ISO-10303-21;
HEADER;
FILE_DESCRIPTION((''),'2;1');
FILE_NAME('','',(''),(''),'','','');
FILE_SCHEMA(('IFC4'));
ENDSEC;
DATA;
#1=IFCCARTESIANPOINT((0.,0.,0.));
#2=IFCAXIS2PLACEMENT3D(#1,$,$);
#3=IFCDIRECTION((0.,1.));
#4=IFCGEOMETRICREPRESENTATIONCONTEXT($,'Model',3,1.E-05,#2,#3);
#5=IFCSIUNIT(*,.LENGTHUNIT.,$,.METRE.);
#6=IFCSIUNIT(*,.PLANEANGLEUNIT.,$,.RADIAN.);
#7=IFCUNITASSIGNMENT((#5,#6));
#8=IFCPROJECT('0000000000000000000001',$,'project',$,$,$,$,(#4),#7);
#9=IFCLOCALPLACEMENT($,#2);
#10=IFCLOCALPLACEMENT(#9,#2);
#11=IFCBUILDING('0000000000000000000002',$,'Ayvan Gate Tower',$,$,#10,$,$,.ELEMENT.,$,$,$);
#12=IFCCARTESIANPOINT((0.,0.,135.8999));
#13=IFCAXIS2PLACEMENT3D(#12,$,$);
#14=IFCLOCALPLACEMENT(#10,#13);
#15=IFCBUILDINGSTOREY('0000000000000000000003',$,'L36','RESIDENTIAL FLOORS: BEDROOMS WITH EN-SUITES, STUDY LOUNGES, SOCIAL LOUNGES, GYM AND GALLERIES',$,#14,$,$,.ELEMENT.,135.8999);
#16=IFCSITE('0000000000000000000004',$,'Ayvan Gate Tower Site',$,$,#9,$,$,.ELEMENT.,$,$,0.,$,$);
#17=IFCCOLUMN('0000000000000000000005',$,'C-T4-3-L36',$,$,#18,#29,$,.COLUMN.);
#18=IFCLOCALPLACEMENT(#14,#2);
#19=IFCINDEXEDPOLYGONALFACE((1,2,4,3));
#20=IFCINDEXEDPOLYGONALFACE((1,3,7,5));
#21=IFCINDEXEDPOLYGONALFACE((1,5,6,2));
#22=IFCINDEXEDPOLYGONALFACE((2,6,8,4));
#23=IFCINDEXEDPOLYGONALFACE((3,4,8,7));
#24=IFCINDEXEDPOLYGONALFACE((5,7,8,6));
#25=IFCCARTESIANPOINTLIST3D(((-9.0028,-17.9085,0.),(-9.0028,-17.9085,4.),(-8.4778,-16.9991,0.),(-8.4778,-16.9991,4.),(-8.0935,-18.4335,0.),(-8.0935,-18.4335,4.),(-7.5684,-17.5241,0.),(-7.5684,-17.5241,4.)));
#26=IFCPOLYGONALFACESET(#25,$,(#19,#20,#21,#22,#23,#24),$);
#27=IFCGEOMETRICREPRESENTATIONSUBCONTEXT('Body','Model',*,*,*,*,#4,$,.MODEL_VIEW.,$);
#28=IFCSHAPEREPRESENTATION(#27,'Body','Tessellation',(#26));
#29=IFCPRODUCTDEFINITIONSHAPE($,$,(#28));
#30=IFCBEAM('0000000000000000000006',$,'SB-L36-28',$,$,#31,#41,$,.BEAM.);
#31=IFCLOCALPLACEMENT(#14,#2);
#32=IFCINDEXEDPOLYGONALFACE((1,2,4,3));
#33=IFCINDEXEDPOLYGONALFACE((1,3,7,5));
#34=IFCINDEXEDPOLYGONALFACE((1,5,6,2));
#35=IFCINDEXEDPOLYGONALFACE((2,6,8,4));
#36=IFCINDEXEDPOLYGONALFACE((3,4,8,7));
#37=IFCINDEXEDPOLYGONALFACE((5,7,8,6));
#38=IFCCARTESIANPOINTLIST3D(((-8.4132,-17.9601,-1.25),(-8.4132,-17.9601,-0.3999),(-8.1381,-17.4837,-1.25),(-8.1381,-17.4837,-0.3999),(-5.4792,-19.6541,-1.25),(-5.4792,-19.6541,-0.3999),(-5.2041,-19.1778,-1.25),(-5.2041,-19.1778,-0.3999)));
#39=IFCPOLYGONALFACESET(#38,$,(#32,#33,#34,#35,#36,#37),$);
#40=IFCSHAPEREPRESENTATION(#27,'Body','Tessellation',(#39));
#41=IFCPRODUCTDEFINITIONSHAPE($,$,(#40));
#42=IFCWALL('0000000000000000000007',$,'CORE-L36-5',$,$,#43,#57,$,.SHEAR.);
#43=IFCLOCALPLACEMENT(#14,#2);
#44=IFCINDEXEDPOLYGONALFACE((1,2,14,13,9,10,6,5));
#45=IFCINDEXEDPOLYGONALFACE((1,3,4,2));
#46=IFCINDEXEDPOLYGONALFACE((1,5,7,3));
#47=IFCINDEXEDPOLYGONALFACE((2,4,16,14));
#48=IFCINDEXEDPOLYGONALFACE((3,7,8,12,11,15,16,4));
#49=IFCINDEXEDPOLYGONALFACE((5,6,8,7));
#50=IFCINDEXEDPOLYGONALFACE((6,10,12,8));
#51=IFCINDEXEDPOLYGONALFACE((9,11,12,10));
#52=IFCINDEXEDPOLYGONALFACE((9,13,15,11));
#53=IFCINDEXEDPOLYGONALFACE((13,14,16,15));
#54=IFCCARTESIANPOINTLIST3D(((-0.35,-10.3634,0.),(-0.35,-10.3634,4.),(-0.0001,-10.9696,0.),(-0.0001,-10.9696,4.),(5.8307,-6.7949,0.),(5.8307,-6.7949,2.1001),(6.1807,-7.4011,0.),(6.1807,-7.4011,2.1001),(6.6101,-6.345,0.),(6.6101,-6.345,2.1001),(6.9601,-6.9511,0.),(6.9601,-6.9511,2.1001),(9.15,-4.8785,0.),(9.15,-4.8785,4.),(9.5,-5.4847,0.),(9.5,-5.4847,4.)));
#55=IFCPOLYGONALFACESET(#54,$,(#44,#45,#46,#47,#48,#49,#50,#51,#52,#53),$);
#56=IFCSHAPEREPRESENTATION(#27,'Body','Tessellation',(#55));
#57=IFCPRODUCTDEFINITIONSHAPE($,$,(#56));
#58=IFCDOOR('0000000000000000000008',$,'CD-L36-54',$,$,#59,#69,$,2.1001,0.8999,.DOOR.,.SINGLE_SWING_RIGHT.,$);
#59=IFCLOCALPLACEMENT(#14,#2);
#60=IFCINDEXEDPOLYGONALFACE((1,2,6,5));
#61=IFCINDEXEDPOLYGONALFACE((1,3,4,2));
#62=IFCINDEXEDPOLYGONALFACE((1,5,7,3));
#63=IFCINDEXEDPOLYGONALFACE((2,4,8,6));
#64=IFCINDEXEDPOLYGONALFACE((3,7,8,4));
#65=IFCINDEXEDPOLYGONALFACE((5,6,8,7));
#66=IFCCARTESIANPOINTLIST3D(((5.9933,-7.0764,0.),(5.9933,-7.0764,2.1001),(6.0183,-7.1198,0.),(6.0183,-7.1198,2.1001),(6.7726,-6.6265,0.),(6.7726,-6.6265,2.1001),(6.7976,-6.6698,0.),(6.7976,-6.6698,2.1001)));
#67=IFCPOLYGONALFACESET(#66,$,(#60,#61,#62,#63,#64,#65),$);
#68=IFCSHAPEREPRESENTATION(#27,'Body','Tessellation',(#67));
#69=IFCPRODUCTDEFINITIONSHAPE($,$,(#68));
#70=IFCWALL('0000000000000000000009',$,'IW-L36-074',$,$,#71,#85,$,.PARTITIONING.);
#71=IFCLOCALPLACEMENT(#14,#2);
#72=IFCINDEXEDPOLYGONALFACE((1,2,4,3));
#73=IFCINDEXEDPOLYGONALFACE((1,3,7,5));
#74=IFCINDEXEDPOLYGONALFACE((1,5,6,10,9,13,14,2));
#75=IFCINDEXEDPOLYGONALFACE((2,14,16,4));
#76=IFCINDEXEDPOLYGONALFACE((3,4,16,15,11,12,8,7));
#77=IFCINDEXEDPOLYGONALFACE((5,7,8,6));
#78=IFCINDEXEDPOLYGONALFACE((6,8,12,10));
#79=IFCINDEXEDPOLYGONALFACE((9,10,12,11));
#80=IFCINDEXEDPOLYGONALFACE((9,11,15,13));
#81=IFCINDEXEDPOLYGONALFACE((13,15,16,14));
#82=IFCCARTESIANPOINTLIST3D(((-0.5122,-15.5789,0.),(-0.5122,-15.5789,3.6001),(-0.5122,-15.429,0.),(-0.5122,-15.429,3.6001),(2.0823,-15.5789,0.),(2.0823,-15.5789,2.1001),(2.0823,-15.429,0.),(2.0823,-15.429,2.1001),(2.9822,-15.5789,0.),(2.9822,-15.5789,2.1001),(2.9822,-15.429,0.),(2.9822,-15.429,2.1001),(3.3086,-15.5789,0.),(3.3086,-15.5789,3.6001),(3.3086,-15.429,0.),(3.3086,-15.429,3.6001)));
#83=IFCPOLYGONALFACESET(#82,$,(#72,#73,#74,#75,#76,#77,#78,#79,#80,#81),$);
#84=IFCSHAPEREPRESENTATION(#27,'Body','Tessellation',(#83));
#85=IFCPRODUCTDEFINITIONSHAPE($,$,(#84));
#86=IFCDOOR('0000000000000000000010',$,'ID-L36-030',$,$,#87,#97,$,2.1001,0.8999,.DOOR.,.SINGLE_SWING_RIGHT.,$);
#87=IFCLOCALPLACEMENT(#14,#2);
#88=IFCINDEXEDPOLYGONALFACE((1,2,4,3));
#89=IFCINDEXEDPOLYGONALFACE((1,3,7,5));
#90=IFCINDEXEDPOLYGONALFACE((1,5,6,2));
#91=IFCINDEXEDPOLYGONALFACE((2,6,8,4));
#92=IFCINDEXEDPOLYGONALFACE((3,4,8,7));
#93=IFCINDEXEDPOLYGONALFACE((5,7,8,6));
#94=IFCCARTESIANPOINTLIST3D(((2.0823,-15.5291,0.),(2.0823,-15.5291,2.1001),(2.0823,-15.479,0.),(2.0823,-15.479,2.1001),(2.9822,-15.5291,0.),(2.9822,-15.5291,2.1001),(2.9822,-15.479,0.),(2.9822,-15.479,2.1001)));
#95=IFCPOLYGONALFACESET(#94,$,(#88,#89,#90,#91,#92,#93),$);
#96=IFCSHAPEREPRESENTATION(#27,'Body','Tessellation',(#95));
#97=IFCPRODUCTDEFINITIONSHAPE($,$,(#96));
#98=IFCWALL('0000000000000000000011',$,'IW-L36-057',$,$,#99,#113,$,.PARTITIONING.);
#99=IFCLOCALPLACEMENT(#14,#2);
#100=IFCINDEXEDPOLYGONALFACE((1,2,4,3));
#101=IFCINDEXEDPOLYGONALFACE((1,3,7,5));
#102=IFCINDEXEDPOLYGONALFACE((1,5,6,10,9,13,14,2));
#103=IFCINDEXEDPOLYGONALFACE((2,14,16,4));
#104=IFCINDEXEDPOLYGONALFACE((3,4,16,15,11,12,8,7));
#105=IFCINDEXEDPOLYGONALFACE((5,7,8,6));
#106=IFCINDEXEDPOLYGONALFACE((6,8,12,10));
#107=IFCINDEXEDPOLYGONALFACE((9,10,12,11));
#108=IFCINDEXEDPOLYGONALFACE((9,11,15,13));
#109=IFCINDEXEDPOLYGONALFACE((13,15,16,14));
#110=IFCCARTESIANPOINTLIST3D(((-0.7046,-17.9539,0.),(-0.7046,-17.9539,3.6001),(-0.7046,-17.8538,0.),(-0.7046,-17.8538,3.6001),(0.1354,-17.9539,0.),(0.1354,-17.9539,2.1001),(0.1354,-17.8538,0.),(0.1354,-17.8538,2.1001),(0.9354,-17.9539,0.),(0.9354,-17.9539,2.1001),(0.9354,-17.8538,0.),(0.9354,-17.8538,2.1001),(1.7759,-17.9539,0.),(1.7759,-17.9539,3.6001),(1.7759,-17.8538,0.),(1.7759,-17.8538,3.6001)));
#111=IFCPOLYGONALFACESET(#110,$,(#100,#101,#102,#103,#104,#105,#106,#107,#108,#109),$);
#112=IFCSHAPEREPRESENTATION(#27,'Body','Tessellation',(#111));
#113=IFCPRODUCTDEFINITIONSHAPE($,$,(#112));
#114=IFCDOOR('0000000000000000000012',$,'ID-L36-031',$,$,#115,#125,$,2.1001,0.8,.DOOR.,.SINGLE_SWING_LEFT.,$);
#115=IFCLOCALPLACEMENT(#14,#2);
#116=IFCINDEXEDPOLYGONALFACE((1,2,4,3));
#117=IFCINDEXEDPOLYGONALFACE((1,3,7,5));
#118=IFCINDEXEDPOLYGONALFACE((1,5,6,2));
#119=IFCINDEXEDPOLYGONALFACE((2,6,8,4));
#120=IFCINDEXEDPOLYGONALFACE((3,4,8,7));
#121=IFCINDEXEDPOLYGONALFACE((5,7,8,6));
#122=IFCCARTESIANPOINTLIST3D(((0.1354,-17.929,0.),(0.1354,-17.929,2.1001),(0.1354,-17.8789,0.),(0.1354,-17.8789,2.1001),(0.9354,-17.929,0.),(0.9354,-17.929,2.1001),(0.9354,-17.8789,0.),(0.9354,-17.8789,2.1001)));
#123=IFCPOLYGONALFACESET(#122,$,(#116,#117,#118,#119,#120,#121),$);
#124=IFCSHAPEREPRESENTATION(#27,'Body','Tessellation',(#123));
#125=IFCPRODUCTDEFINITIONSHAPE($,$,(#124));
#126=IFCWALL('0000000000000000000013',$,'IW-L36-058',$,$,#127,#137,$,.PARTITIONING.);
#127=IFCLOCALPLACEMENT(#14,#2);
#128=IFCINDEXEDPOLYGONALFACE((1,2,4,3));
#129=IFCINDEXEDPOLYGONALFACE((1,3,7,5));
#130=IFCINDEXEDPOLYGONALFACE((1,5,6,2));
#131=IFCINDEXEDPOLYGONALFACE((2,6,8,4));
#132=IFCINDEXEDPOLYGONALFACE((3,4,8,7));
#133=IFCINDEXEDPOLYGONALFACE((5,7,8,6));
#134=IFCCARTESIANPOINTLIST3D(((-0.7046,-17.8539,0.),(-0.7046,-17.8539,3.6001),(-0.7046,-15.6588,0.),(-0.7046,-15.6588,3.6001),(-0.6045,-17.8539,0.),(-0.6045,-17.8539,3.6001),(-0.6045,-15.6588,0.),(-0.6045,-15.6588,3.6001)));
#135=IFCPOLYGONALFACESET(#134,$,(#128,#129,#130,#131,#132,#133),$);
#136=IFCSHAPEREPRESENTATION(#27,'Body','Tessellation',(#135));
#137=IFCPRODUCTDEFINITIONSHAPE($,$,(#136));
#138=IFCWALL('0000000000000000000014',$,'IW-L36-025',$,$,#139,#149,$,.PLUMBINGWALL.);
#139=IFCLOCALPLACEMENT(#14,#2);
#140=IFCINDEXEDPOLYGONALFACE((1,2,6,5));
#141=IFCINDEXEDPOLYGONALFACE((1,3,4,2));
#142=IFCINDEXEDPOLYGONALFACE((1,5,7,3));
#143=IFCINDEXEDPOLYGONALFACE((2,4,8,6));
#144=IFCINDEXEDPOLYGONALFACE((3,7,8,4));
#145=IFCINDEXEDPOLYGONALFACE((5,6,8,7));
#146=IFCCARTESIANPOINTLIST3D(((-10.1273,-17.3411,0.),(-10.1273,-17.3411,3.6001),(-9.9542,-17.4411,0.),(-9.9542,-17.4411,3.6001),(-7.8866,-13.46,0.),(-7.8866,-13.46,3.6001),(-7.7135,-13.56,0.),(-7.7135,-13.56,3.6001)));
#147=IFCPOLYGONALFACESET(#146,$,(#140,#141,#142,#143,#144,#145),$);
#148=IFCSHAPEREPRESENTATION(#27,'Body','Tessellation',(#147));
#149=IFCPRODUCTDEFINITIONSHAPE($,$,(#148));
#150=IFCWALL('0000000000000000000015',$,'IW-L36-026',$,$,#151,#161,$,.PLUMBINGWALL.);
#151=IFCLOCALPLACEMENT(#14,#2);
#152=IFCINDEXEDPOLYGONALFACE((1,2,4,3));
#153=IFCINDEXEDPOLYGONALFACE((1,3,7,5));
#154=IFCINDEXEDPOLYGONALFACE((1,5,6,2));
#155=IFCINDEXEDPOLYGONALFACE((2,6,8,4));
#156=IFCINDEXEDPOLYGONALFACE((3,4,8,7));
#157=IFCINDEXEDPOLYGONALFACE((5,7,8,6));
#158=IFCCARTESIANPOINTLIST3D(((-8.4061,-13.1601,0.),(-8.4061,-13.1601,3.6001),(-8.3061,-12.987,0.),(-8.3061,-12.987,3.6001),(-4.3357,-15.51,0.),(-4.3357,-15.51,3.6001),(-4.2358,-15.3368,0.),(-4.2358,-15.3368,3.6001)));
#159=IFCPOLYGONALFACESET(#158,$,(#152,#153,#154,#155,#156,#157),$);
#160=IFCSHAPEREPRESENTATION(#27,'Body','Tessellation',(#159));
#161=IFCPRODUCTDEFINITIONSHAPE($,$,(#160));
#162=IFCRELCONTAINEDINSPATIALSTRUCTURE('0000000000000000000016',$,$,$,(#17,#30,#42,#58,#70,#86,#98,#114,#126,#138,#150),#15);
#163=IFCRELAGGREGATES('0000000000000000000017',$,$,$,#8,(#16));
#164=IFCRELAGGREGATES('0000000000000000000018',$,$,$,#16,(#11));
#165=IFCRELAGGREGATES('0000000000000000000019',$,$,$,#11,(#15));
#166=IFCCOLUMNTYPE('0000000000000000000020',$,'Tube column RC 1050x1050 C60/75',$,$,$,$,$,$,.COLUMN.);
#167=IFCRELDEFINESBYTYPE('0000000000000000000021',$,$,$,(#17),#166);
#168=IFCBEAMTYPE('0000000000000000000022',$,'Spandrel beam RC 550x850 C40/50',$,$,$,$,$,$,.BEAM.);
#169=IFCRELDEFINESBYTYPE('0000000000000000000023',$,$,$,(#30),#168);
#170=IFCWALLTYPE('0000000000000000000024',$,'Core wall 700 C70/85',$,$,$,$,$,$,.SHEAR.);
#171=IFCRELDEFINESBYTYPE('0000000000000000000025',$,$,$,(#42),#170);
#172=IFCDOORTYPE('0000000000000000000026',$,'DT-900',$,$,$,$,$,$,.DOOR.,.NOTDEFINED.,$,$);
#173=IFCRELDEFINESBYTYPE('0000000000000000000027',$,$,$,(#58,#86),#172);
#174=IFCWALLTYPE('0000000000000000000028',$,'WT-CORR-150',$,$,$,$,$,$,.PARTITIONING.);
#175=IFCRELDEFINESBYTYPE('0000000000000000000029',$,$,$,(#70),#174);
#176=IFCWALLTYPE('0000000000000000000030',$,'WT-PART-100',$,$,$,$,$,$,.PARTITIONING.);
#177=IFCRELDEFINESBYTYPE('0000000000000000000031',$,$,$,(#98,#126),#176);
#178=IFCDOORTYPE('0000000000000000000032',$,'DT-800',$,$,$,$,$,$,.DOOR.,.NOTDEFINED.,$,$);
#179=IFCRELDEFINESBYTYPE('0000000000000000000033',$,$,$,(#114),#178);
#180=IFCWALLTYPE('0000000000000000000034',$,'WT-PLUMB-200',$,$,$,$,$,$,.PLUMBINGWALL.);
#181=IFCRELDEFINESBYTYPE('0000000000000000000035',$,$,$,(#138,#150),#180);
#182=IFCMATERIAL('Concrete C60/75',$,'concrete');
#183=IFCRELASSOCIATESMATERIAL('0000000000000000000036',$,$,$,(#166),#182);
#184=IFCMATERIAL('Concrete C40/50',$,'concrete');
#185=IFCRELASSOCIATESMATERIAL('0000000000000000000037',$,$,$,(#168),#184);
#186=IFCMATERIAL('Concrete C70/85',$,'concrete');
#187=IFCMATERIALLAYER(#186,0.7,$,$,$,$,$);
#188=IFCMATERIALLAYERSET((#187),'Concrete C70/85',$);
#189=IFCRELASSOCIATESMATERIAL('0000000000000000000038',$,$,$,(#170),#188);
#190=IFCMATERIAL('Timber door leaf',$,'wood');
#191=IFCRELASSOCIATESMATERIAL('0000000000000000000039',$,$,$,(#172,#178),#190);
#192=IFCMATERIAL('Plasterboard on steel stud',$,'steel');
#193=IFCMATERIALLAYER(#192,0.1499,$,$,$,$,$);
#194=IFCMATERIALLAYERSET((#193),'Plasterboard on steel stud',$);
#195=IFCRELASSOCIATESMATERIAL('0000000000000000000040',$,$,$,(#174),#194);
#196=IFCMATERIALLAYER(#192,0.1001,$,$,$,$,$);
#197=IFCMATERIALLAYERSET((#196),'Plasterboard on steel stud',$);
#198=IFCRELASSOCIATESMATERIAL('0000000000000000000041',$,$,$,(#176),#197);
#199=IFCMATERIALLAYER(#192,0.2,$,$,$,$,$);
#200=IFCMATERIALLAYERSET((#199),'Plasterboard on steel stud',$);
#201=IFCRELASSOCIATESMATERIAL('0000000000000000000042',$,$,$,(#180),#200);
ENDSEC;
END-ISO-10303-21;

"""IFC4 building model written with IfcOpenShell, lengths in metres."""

from ifc_helpers import new_model, si_unit, direction, frame, frame_2d, origin, origin_2d, place, context, subcontext, project, spatial, rectangle, extrude, material, layer, layer_set, material_profile, profile_set, type_object, element, fill, save


model = new_model("IFC4")

# Units and contexts
model_context = context("Model", 3, precision=1e-05, world=origin(), true_north=direction((0.0, 1.0)))
body_context = subcontext(model_context, "Body", "Model", "MODEL_VIEW")
ifc_project = project(units=[si_unit("LENGTHUNIT", "METRE"), si_unit("PLANEANGLEUNIT", "RADIAN")], contexts=[model_context])

# Site, building, storey
site_placement = place(None, origin())
site = spatial("IfcSite", under=ifc_project, at=site_placement, Name="Ayvan Gate Tower Site", CompositionType="ELEMENT", RefElevation=0.0)
building_placement = place(site_placement, origin())
building = spatial("IfcBuilding", under=site, at=building_placement, Name="Ayvan Gate Tower", CompositionType="ELEMENT")
storey_placement = place(building_placement, frame((0.0, 0.0, 135.8999)))
storey = spatial("IfcBuildingStorey", under=building, at=storey_placement, Name="L36", Description="RESIDENTIAL FLOORS: BEDROOMS WITH EN-SUITES, STUDY LOUNGES, SOCIAL LOUNGES, GYM AND GALLERIES", CompositionType="ELEMENT", Elevation=135.8999)

# Column
ifc_material_1 = material(Name="Concrete C60/75", Category="concrete")
ifc_material_profile_1 = material_profile(ifc_material_1, rectangle(XDim=1.05, YDim=1.05, at=origin_2d()), Name="RC 1050x1050")
ifc_profile_set_1 = profile_set([ifc_material_profile_1], Name="Concrete C60/75")
column_type = type_object("IfcColumnType", Name="Tube column RC 1050x1050 C60/75", PredefinedType="COLUMN", material=ifc_profile_set_1)
column_placement = place(storey_placement, frame((-8.2856, -17.7163, 0.0), z_axis=(0.0, 0.0, 1.0), x_axis=(-0.5, -0.866025, 0.0)))
element("IfcColumn", 1, at=column_placement, inside=storey, type_object=column_type, Name="C-T4-3-L36", PredefinedType="COLUMN", context=body_context, shape_type="SweptSolid", body=[
    extrude(rectangle(XDim=1.05, YDim=1.05, at=origin_2d()), origin(), (0.0, 0.0, 1.0), 4.0),
])

# Beam
ifc_material_2 = material(Name="Concrete C40/50", Category="concrete")
ifc_material_profile_2 = material_profile(ifc_material_2, rectangle(XDim=0.55, YDim=0.8501, at=origin_2d()), Name="RC 550x850")
ifc_profile_set_2 = profile_set([ifc_material_profile_2], Name="Concrete C40/50")
beam_type = type_object("IfcBeamType", Name="Spandrel beam RC 550x850 C40/50", PredefinedType="BEAM", material=ifc_profile_set_2)
beam_placement = place(storey_placement, frame((-8.2756, -17.7219, -0.825), z_axis=(0.866013, -0.500022, 0.0), x_axis=(0.500022, 0.866013, 0.0)))
element("IfcBeam", 2, at=beam_placement, inside=storey, type_object=beam_type, Name="SB-L36-28", PredefinedType="BEAM", context=body_context, shape_type="SweptSolid", body=[
    extrude(rectangle(XDim=0.55, YDim=0.8501, at=origin_2d()), origin(), (0.0, 0.0, 1.0), 3.3879),
])

# Walls, openings, doors
ifc_material_3 = material(Name="Concrete C70/85", Category="concrete")
ifc_layer_1 = layer(ifc_material_3, 0.7)
ifc_layer_set_1 = layer_set([ifc_layer_1], Name="Concrete C70/85")
wall_type_1 = type_object("IfcWallType", Name="Core wall 700 C70/85", PredefinedType="SHEAR", material=ifc_layer_set_1)
wall_1_placement = place(storey_placement, frame((-0.175, -10.6665, 0.0), z_axis=(0.0, 0.0, 1.0), x_axis=(0.866024, 0.500002, 0.0)))
wall_1 = element("IfcWall", 3, at=wall_1_placement, inside=storey, type_object=wall_type_1, Name="CORE-L36-5", PredefinedType="SHEAR", context=body_context, shape_type="SweptSolid", body=[
    extrude(rectangle(XDim=10.9697, YDim=0.7, at=frame_2d((5.4849, 0.0))), origin(), (0.0, 0.0, 1.0), 4.0),
])
opening_1_placement = place(wall_1_placement, frame((7.137, 0.0, 0.0)))
opening_1 = element("IfcOpeningElement", 4, at=opening_1_placement, cuts=wall_1, PredefinedType="OPENING", context=body_context, shape_type="SweptSolid", body=[
    extrude(rectangle(XDim=0.8999, YDim=2.1001, at=frame_2d((0.45, 1.05))), frame((0.0, 0.3599, 0.0), z_axis=(0.0, -1.0, 0.0), x_axis=(1.0, 0.0, 0.0)), (0.0, 0.0, 1.0), 0.72),
])
ifc_material_4 = material(Name="Timber door leaf", Category="wood")
door_type_1 = type_object("IfcDoorType", Name="DT-900", OperationType="NOTDEFINED", PredefinedType="DOOR", material=ifc_material_4)
door_1_placement = place(opening_1_placement, origin())
door_1 = element("IfcDoor", 5, at=door_1_placement, inside=storey, type_object=door_type_1, Name="CD-L36-54", OperationType="SINGLE_SWING_RIGHT", OverallHeight=2.1001, OverallWidth=0.8999, PredefinedType="DOOR", context=body_context, shape_type="SweptSolid", body=[
    extrude(rectangle(XDim=0.8999, YDim=2.1001, at=frame_2d((0.45, 1.05))), frame((0.0, 0.0249, 0.0), z_axis=(0.0, -1.0, 0.0), x_axis=(1.0, 0.0, 0.0)), (0.0, 0.0, 1.0), 0.05),
])
fill(opening_1, door_1)
ifc_material_5 = material(Name="Plasterboard on steel stud", Category="steel")
ifc_layer_2 = layer(ifc_material_5, 0.1499)
ifc_layer_set_2 = layer_set([ifc_layer_2], Name="Plasterboard on steel stud")
wall_type_2 = type_object("IfcWallType", Name="WT-CORR-150", PredefinedType="PARTITIONING", material=ifc_layer_set_2)
wall_2_placement = place(storey_placement, frame((-0.5122, -15.5039, 0.0), z_axis=(0.0, 0.0, 1.0), x_axis=(1.0, 0.0, 0.0)))
wall_2 = element("IfcWall", 6, at=wall_2_placement, inside=storey, type_object=wall_type_2, Name="IW-L36-074", PredefinedType="PARTITIONING", context=body_context, shape_type="SweptSolid", body=[
    extrude(rectangle(XDim=3.8208, YDim=0.1499, at=frame_2d((1.9104, 0.0))), origin(), (0.0, 0.0, 1.0), 3.6001),
])
opening_2_placement = place(wall_2_placement, frame((2.5945, 0.0, 0.0)))
opening_2 = element("IfcOpeningElement", 7, at=opening_2_placement, cuts=wall_2, PredefinedType="OPENING", context=body_context, shape_type="SweptSolid", body=[
    extrude(rectangle(XDim=0.8999, YDim=2.1001, at=frame_2d((0.45, 1.05))), frame((0.0, 0.085, 0.0), z_axis=(0.0, -1.0, 0.0), x_axis=(1.0, 0.0, 0.0)), (0.0, 0.0, 1.0), 0.1699),
])
door_2_placement = place(opening_2_placement, origin())
door_2 = element("IfcDoor", 8, at=door_2_placement, inside=storey, type_object=door_type_1, Name="ID-L36-030", OperationType="SINGLE_SWING_RIGHT", OverallHeight=2.1001, OverallWidth=0.8999, PredefinedType="DOOR", context=body_context, shape_type="SweptSolid", body=[
    extrude(rectangle(XDim=0.8999, YDim=2.1001, at=frame_2d((0.45, 1.05))), frame((0.0, 0.0249, 0.0), z_axis=(0.0, -1.0, 0.0), x_axis=(1.0, 0.0, 0.0)), (0.0, 0.0, 1.0), 0.05),
])
fill(opening_2, door_2)
ifc_layer_3 = layer(ifc_material_5, 0.1001)
ifc_layer_set_3 = layer_set([ifc_layer_3], Name="Plasterboard on steel stud")
wall_type_3 = type_object("IfcWallType", Name="WT-PART-100", PredefinedType="PARTITIONING", material=ifc_layer_set_3)
wall_3_placement = place(storey_placement, frame((-0.7046, -17.9038, 0.0), z_axis=(0.0, 0.0, 1.0), x_axis=(1.0, 0.0, 0.0)))
wall_3 = element("IfcWall", 9, at=wall_3_placement, inside=storey, type_object=wall_type_3, Name="IW-L36-057", PredefinedType="PARTITIONING", context=body_context, shape_type="SweptSolid", body=[
    extrude(rectangle(XDim=2.4805, YDim=0.1001, at=frame_2d((1.2402, 0.0))), origin(), (0.0, 0.0, 1.0), 3.6001),
])
opening_3_placement = place(wall_3_placement, frame((0.8401, 0.0, 0.0)))
opening_3 = element("IfcOpeningElement", 10, at=opening_3_placement, cuts=wall_3, PredefinedType="OPENING", context=body_context, shape_type="SweptSolid", body=[
    extrude(rectangle(XDim=0.8, YDim=2.1001, at=frame_2d((0.3999, 1.05))), frame((0.0, 0.0601, 0.0), z_axis=(0.0, -1.0, 0.0), x_axis=(1.0, 0.0, 0.0)), (0.0, 0.0, 1.0), 0.1201),
])
door_type_2 = type_object("IfcDoorType", Name="DT-800", OperationType="NOTDEFINED", PredefinedType="DOOR", material=ifc_material_4)
door_3_placement = place(opening_3_placement, origin())
door_3 = element("IfcDoor", 11, at=door_3_placement, inside=storey, type_object=door_type_2, Name="ID-L36-031", OperationType="SINGLE_SWING_LEFT", OverallHeight=2.1001, OverallWidth=0.8, PredefinedType="DOOR", context=body_context, shape_type="SweptSolid", body=[
    extrude(rectangle(XDim=0.8, YDim=2.1001, at=frame_2d((0.3999, 1.05))), frame((0.0, 0.0249, 0.0), z_axis=(0.0, -1.0, 0.0), x_axis=(1.0, 0.0, 0.0)), (0.0, 0.0, 1.0), 0.05),
])
fill(opening_3, door_3)

# Walls
wall_4_placement = place(storey_placement, frame((-0.6545, -15.6587, 0.0), z_axis=(0.0, 0.0, 1.0), x_axis=(0.0, -1.0, 0.0)))
element("IfcWall", 12, at=wall_4_placement, inside=storey, type_object=wall_type_3, Name="IW-L36-058", PredefinedType="PARTITIONING", context=body_context, shape_type="SweptSolid", body=[
    extrude(rectangle(XDim=2.1951, YDim=0.1001, at=frame_2d((1.0977, 0.0))), origin(), (0.0, 0.0, 1.0), 3.6001),
])
ifc_layer_4 = layer(ifc_material_5, 0.2)
ifc_layer_set_4 = layer_set([ifc_layer_4], Name="Plasterboard on steel stud")
wall_type_4 = type_object("IfcWallType", Name="WT-PLUMB-200", PredefinedType="PLUMBINGWALL", material=ifc_layer_set_4)
wall_5_placement = place(storey_placement, frame((-7.8, -13.51, 0.0), z_axis=(0.0, 0.0, 1.0), x_axis=(-0.499994, -0.866029, 0.0)))
element("IfcWall", 13, at=wall_5_placement, inside=storey, type_object=wall_type_4, Name="IW-L36-025", PredefinedType="PLUMBINGWALL", context=body_context, shape_type="SweptSolid", body=[
    extrude(rectangle(XDim=4.4814, YDim=0.2, at=frame_2d((2.2407, 0.0))), origin(), (0.0, 0.0, 1.0), 3.6001),
])
wall_6_placement = place(storey_placement, frame((-8.3562, -13.0735, 0.0), z_axis=(0.0, 0.0, 1.0), x_axis=(0.866039, -0.499977, 0.0)))
element("IfcWall", 14, at=wall_6_placement, inside=storey, type_object=wall_type_4, Name="IW-L36-026", PredefinedType="PLUMBINGWALL", context=body_context, shape_type="SweptSolid", body=[
    extrude(rectangle(XDim=4.7, YDim=0.2, at=frame_2d((2.3501, 0.0))), origin(), (0.0, 0.0, 1.0), 3.6001),
])

save(model, "model.ifc")
